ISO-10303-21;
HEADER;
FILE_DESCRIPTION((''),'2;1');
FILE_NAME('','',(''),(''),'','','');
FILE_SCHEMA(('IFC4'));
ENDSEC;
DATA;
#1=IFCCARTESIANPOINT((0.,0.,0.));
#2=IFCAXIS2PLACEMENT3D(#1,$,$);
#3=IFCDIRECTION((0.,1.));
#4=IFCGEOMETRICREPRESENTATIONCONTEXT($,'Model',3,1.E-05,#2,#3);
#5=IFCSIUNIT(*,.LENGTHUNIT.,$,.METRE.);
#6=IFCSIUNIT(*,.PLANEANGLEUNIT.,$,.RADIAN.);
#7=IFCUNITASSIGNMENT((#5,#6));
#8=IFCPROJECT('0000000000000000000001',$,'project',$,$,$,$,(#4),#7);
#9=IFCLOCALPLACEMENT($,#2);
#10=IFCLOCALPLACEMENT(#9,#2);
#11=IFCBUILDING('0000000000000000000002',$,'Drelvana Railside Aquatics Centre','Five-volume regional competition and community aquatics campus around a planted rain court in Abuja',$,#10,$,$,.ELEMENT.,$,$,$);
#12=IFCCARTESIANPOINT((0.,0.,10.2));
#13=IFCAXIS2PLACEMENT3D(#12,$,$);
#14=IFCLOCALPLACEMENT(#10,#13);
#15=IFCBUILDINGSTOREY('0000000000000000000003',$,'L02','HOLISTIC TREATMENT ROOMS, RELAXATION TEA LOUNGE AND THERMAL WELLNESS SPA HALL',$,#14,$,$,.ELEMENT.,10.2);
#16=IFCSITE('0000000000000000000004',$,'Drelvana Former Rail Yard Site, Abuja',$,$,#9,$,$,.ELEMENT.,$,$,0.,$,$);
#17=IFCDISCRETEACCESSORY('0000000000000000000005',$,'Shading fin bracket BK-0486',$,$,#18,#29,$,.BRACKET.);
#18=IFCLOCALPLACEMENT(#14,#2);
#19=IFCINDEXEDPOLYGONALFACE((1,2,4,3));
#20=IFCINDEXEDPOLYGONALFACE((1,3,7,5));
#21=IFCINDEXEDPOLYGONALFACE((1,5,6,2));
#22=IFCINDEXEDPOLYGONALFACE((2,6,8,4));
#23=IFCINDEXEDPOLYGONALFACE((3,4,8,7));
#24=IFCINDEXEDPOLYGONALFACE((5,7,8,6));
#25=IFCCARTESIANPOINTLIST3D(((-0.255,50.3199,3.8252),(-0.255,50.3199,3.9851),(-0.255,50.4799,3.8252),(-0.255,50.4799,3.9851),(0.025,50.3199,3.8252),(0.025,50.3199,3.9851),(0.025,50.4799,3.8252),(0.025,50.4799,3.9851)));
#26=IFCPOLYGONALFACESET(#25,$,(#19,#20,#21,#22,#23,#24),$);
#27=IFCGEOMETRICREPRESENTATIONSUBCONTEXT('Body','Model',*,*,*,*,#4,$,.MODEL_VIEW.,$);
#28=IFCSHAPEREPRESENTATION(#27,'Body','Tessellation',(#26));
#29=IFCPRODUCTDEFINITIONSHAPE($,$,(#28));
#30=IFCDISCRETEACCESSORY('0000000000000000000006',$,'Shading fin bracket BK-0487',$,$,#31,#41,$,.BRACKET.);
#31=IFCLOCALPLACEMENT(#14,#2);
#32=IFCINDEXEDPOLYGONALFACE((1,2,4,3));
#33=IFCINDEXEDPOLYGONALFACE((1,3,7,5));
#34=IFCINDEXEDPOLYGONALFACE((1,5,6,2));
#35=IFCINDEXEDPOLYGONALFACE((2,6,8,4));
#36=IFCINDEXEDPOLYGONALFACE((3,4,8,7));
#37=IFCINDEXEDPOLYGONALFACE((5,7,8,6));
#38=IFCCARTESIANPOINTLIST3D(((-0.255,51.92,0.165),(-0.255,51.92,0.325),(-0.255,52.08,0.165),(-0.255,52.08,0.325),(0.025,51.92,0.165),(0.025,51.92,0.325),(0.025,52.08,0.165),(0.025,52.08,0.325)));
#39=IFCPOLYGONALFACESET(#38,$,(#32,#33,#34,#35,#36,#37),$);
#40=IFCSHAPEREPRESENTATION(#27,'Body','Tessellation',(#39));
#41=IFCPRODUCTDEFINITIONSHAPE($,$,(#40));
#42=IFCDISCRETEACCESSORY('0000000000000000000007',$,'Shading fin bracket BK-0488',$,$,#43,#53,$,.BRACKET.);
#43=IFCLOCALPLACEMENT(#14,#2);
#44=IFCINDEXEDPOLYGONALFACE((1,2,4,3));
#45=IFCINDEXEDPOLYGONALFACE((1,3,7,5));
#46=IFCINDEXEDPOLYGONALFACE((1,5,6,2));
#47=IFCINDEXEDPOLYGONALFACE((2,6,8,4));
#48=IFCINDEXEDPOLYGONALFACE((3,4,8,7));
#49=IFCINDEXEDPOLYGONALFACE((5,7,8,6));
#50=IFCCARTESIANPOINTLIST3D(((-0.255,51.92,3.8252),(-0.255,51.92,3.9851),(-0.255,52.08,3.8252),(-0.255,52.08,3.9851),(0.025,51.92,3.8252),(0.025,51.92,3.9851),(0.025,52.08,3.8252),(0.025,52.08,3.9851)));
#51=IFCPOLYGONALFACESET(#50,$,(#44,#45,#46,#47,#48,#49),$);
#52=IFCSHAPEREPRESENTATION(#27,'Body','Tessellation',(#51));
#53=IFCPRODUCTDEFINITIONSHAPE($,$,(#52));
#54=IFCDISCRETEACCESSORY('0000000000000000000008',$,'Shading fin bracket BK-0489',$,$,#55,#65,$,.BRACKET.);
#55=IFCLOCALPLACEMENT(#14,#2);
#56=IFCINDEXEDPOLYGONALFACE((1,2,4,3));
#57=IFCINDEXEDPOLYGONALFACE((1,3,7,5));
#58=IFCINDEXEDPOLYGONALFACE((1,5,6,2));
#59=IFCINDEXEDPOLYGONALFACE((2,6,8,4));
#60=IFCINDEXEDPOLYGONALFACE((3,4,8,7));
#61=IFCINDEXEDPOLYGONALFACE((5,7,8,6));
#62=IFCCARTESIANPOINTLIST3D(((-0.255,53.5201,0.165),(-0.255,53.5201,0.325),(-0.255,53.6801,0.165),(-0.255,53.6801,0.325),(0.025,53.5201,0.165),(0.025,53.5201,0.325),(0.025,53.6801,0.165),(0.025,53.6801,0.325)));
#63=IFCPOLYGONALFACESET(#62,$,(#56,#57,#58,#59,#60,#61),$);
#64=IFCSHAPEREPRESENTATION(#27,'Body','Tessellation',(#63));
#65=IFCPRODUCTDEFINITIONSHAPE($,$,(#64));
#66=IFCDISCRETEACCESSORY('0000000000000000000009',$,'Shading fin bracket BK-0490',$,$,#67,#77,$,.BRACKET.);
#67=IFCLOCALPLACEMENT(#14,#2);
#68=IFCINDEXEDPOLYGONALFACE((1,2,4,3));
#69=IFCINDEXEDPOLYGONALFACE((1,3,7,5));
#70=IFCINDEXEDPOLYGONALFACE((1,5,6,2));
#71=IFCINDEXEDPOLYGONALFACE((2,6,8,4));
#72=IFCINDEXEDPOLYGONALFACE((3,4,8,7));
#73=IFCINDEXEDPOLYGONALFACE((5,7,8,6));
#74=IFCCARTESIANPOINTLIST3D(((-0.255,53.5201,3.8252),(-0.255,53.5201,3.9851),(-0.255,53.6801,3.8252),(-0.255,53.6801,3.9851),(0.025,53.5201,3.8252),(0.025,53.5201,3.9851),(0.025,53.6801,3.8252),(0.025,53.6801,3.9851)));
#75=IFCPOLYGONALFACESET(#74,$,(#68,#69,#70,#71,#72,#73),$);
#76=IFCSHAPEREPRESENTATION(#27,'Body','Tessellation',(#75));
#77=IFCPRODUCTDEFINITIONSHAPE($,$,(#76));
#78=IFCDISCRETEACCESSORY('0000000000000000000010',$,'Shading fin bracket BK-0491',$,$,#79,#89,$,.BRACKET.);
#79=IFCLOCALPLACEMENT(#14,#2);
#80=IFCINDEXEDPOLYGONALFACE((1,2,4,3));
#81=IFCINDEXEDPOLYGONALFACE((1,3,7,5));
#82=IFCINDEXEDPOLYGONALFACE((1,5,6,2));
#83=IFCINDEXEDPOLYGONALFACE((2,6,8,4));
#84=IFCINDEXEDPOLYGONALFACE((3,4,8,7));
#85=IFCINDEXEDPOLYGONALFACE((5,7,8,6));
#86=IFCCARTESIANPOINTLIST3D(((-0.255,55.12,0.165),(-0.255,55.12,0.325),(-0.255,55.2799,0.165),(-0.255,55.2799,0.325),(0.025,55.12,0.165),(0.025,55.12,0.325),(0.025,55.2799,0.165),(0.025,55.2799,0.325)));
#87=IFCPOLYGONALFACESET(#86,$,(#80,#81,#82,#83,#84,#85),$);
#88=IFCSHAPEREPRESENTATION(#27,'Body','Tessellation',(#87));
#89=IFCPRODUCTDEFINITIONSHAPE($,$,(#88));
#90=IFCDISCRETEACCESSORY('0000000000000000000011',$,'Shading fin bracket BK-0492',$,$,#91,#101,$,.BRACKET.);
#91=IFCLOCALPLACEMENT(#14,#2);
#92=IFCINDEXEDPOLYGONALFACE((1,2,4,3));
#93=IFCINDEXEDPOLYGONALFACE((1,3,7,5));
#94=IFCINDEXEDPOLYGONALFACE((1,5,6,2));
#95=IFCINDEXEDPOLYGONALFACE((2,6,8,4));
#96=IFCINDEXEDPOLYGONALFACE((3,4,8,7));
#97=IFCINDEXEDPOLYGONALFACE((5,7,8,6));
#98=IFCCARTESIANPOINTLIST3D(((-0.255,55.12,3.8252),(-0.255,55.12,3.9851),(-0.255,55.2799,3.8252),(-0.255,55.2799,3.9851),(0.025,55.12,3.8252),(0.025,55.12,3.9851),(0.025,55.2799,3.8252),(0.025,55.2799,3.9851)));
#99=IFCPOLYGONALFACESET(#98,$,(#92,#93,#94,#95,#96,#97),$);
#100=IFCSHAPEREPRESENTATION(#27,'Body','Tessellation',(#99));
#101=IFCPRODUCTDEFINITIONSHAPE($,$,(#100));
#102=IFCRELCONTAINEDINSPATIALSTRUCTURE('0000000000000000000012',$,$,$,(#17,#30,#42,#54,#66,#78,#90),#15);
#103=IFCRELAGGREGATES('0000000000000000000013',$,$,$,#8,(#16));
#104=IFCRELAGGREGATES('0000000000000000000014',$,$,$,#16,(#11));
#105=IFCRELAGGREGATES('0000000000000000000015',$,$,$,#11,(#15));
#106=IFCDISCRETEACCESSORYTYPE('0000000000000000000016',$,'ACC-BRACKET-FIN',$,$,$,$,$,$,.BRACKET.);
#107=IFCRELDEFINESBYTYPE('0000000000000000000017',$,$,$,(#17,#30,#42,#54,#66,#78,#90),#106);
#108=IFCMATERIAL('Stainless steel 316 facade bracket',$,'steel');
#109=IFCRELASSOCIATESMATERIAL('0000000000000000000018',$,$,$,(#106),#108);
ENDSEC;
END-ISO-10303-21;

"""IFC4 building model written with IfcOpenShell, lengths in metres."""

from ifc_helpers import new_model, si_unit, direction, frame, origin, origin_2d, place, context, subcontext, project, spatial, rectangle, extrude, material, type_object, element, save


model = new_model("IFC4")

# Units and contexts
model_context = context("Model", 3, precision=1e-05, world=origin(), true_north=direction((0.0, 1.0)))
body_context = subcontext(model_context, "Body", "Model", "MODEL_VIEW")
ifc_project = project(units=[si_unit("LENGTHUNIT", "METRE"), si_unit("PLANEANGLEUNIT", "RADIAN")], contexts=[model_context])

# Site, building, storey
site_placement = place(None, origin())
site = spatial("IfcSite", under=ifc_project, at=site_placement, Name="Drelvana Former Rail Yard Site, Abuja", CompositionType="ELEMENT", RefElevation=0.0)
building_placement = place(site_placement, origin())
building = spatial("IfcBuilding", under=site, at=building_placement, Name="Drelvana Railside Aquatics Centre", Description="Five-volume regional competition and community aquatics campus around a planted rain court in Abuja", CompositionType="ELEMENT")
storey_placement = place(building_placement, frame((0.0, 0.0, 10.2)))
storey = spatial("IfcBuildingStorey", under=building, at=storey_placement, Name="L02", Description="HOLISTIC TREATMENT ROOMS, RELAXATION TEA LOUNGE AND THERMAL WELLNESS SPA HALL", CompositionType="ELEMENT", Elevation=10.2)

# Discrete accessories
ifc_material_1 = material(Name="Stainless steel 316 facade bracket", Category="steel")
discrete_accessory_type = type_object("IfcDiscreteAccessoryType", Name="ACC-BRACKET-FIN", PredefinedType="BRACKET", material=ifc_material_1)
for number, where, z_axis, x_axis, name in (
    (1, (-0.115, 50.3999, 3.8252), (0.0, 0.0, 1.0), (-1.0, 0.0, 0.0), "Shading fin bracket BK-0486"),
    (2, (-0.115, 52.0, 0.165), (0.0, 0.0, 1.0), (-1.0, 0.0, 0.0), "Shading fin bracket BK-0487"),
    (3, (-0.115, 52.0, 3.8252), (0.0, 0.0, 1.0), (-1.0, 0.0, 0.0), "Shading fin bracket BK-0488"),
    (4, (-0.115, 53.6001, 0.165), (0.0, 0.0, 1.0), (-1.0, 0.0, 0.0), "Shading fin bracket BK-0489"),
    (5, (-0.115, 53.6001, 3.8252), (0.0, 0.0, 1.0), (-1.0, 0.0, 0.0), "Shading fin bracket BK-0490"),
    (6, (-0.115, 55.2, 0.165), (0.0, 0.0, 1.0), (-1.0, 0.0, 0.0), "Shading fin bracket BK-0491"),
    (7, (-0.115, 55.2, 3.8252), (0.0, 0.0, 1.0), (-1.0, 0.0, 0.0), "Shading fin bracket BK-0492"),
):
    element("IfcDiscreteAccessory", number, at=place(storey_placement, frame(where, z_axis=z_axis, x_axis=x_axis)), inside=storey, type_object=discrete_accessory_type, Name=name, PredefinedType="BRACKET", context=body_context, shape_type="SweptSolid", body=[
        extrude(rectangle(XDim=0.28, YDim=0.1599, at=origin_2d()), origin(), (0.0, 0.0, 1.0), 0.1599),
    ])

save(model, "model.ifc")
